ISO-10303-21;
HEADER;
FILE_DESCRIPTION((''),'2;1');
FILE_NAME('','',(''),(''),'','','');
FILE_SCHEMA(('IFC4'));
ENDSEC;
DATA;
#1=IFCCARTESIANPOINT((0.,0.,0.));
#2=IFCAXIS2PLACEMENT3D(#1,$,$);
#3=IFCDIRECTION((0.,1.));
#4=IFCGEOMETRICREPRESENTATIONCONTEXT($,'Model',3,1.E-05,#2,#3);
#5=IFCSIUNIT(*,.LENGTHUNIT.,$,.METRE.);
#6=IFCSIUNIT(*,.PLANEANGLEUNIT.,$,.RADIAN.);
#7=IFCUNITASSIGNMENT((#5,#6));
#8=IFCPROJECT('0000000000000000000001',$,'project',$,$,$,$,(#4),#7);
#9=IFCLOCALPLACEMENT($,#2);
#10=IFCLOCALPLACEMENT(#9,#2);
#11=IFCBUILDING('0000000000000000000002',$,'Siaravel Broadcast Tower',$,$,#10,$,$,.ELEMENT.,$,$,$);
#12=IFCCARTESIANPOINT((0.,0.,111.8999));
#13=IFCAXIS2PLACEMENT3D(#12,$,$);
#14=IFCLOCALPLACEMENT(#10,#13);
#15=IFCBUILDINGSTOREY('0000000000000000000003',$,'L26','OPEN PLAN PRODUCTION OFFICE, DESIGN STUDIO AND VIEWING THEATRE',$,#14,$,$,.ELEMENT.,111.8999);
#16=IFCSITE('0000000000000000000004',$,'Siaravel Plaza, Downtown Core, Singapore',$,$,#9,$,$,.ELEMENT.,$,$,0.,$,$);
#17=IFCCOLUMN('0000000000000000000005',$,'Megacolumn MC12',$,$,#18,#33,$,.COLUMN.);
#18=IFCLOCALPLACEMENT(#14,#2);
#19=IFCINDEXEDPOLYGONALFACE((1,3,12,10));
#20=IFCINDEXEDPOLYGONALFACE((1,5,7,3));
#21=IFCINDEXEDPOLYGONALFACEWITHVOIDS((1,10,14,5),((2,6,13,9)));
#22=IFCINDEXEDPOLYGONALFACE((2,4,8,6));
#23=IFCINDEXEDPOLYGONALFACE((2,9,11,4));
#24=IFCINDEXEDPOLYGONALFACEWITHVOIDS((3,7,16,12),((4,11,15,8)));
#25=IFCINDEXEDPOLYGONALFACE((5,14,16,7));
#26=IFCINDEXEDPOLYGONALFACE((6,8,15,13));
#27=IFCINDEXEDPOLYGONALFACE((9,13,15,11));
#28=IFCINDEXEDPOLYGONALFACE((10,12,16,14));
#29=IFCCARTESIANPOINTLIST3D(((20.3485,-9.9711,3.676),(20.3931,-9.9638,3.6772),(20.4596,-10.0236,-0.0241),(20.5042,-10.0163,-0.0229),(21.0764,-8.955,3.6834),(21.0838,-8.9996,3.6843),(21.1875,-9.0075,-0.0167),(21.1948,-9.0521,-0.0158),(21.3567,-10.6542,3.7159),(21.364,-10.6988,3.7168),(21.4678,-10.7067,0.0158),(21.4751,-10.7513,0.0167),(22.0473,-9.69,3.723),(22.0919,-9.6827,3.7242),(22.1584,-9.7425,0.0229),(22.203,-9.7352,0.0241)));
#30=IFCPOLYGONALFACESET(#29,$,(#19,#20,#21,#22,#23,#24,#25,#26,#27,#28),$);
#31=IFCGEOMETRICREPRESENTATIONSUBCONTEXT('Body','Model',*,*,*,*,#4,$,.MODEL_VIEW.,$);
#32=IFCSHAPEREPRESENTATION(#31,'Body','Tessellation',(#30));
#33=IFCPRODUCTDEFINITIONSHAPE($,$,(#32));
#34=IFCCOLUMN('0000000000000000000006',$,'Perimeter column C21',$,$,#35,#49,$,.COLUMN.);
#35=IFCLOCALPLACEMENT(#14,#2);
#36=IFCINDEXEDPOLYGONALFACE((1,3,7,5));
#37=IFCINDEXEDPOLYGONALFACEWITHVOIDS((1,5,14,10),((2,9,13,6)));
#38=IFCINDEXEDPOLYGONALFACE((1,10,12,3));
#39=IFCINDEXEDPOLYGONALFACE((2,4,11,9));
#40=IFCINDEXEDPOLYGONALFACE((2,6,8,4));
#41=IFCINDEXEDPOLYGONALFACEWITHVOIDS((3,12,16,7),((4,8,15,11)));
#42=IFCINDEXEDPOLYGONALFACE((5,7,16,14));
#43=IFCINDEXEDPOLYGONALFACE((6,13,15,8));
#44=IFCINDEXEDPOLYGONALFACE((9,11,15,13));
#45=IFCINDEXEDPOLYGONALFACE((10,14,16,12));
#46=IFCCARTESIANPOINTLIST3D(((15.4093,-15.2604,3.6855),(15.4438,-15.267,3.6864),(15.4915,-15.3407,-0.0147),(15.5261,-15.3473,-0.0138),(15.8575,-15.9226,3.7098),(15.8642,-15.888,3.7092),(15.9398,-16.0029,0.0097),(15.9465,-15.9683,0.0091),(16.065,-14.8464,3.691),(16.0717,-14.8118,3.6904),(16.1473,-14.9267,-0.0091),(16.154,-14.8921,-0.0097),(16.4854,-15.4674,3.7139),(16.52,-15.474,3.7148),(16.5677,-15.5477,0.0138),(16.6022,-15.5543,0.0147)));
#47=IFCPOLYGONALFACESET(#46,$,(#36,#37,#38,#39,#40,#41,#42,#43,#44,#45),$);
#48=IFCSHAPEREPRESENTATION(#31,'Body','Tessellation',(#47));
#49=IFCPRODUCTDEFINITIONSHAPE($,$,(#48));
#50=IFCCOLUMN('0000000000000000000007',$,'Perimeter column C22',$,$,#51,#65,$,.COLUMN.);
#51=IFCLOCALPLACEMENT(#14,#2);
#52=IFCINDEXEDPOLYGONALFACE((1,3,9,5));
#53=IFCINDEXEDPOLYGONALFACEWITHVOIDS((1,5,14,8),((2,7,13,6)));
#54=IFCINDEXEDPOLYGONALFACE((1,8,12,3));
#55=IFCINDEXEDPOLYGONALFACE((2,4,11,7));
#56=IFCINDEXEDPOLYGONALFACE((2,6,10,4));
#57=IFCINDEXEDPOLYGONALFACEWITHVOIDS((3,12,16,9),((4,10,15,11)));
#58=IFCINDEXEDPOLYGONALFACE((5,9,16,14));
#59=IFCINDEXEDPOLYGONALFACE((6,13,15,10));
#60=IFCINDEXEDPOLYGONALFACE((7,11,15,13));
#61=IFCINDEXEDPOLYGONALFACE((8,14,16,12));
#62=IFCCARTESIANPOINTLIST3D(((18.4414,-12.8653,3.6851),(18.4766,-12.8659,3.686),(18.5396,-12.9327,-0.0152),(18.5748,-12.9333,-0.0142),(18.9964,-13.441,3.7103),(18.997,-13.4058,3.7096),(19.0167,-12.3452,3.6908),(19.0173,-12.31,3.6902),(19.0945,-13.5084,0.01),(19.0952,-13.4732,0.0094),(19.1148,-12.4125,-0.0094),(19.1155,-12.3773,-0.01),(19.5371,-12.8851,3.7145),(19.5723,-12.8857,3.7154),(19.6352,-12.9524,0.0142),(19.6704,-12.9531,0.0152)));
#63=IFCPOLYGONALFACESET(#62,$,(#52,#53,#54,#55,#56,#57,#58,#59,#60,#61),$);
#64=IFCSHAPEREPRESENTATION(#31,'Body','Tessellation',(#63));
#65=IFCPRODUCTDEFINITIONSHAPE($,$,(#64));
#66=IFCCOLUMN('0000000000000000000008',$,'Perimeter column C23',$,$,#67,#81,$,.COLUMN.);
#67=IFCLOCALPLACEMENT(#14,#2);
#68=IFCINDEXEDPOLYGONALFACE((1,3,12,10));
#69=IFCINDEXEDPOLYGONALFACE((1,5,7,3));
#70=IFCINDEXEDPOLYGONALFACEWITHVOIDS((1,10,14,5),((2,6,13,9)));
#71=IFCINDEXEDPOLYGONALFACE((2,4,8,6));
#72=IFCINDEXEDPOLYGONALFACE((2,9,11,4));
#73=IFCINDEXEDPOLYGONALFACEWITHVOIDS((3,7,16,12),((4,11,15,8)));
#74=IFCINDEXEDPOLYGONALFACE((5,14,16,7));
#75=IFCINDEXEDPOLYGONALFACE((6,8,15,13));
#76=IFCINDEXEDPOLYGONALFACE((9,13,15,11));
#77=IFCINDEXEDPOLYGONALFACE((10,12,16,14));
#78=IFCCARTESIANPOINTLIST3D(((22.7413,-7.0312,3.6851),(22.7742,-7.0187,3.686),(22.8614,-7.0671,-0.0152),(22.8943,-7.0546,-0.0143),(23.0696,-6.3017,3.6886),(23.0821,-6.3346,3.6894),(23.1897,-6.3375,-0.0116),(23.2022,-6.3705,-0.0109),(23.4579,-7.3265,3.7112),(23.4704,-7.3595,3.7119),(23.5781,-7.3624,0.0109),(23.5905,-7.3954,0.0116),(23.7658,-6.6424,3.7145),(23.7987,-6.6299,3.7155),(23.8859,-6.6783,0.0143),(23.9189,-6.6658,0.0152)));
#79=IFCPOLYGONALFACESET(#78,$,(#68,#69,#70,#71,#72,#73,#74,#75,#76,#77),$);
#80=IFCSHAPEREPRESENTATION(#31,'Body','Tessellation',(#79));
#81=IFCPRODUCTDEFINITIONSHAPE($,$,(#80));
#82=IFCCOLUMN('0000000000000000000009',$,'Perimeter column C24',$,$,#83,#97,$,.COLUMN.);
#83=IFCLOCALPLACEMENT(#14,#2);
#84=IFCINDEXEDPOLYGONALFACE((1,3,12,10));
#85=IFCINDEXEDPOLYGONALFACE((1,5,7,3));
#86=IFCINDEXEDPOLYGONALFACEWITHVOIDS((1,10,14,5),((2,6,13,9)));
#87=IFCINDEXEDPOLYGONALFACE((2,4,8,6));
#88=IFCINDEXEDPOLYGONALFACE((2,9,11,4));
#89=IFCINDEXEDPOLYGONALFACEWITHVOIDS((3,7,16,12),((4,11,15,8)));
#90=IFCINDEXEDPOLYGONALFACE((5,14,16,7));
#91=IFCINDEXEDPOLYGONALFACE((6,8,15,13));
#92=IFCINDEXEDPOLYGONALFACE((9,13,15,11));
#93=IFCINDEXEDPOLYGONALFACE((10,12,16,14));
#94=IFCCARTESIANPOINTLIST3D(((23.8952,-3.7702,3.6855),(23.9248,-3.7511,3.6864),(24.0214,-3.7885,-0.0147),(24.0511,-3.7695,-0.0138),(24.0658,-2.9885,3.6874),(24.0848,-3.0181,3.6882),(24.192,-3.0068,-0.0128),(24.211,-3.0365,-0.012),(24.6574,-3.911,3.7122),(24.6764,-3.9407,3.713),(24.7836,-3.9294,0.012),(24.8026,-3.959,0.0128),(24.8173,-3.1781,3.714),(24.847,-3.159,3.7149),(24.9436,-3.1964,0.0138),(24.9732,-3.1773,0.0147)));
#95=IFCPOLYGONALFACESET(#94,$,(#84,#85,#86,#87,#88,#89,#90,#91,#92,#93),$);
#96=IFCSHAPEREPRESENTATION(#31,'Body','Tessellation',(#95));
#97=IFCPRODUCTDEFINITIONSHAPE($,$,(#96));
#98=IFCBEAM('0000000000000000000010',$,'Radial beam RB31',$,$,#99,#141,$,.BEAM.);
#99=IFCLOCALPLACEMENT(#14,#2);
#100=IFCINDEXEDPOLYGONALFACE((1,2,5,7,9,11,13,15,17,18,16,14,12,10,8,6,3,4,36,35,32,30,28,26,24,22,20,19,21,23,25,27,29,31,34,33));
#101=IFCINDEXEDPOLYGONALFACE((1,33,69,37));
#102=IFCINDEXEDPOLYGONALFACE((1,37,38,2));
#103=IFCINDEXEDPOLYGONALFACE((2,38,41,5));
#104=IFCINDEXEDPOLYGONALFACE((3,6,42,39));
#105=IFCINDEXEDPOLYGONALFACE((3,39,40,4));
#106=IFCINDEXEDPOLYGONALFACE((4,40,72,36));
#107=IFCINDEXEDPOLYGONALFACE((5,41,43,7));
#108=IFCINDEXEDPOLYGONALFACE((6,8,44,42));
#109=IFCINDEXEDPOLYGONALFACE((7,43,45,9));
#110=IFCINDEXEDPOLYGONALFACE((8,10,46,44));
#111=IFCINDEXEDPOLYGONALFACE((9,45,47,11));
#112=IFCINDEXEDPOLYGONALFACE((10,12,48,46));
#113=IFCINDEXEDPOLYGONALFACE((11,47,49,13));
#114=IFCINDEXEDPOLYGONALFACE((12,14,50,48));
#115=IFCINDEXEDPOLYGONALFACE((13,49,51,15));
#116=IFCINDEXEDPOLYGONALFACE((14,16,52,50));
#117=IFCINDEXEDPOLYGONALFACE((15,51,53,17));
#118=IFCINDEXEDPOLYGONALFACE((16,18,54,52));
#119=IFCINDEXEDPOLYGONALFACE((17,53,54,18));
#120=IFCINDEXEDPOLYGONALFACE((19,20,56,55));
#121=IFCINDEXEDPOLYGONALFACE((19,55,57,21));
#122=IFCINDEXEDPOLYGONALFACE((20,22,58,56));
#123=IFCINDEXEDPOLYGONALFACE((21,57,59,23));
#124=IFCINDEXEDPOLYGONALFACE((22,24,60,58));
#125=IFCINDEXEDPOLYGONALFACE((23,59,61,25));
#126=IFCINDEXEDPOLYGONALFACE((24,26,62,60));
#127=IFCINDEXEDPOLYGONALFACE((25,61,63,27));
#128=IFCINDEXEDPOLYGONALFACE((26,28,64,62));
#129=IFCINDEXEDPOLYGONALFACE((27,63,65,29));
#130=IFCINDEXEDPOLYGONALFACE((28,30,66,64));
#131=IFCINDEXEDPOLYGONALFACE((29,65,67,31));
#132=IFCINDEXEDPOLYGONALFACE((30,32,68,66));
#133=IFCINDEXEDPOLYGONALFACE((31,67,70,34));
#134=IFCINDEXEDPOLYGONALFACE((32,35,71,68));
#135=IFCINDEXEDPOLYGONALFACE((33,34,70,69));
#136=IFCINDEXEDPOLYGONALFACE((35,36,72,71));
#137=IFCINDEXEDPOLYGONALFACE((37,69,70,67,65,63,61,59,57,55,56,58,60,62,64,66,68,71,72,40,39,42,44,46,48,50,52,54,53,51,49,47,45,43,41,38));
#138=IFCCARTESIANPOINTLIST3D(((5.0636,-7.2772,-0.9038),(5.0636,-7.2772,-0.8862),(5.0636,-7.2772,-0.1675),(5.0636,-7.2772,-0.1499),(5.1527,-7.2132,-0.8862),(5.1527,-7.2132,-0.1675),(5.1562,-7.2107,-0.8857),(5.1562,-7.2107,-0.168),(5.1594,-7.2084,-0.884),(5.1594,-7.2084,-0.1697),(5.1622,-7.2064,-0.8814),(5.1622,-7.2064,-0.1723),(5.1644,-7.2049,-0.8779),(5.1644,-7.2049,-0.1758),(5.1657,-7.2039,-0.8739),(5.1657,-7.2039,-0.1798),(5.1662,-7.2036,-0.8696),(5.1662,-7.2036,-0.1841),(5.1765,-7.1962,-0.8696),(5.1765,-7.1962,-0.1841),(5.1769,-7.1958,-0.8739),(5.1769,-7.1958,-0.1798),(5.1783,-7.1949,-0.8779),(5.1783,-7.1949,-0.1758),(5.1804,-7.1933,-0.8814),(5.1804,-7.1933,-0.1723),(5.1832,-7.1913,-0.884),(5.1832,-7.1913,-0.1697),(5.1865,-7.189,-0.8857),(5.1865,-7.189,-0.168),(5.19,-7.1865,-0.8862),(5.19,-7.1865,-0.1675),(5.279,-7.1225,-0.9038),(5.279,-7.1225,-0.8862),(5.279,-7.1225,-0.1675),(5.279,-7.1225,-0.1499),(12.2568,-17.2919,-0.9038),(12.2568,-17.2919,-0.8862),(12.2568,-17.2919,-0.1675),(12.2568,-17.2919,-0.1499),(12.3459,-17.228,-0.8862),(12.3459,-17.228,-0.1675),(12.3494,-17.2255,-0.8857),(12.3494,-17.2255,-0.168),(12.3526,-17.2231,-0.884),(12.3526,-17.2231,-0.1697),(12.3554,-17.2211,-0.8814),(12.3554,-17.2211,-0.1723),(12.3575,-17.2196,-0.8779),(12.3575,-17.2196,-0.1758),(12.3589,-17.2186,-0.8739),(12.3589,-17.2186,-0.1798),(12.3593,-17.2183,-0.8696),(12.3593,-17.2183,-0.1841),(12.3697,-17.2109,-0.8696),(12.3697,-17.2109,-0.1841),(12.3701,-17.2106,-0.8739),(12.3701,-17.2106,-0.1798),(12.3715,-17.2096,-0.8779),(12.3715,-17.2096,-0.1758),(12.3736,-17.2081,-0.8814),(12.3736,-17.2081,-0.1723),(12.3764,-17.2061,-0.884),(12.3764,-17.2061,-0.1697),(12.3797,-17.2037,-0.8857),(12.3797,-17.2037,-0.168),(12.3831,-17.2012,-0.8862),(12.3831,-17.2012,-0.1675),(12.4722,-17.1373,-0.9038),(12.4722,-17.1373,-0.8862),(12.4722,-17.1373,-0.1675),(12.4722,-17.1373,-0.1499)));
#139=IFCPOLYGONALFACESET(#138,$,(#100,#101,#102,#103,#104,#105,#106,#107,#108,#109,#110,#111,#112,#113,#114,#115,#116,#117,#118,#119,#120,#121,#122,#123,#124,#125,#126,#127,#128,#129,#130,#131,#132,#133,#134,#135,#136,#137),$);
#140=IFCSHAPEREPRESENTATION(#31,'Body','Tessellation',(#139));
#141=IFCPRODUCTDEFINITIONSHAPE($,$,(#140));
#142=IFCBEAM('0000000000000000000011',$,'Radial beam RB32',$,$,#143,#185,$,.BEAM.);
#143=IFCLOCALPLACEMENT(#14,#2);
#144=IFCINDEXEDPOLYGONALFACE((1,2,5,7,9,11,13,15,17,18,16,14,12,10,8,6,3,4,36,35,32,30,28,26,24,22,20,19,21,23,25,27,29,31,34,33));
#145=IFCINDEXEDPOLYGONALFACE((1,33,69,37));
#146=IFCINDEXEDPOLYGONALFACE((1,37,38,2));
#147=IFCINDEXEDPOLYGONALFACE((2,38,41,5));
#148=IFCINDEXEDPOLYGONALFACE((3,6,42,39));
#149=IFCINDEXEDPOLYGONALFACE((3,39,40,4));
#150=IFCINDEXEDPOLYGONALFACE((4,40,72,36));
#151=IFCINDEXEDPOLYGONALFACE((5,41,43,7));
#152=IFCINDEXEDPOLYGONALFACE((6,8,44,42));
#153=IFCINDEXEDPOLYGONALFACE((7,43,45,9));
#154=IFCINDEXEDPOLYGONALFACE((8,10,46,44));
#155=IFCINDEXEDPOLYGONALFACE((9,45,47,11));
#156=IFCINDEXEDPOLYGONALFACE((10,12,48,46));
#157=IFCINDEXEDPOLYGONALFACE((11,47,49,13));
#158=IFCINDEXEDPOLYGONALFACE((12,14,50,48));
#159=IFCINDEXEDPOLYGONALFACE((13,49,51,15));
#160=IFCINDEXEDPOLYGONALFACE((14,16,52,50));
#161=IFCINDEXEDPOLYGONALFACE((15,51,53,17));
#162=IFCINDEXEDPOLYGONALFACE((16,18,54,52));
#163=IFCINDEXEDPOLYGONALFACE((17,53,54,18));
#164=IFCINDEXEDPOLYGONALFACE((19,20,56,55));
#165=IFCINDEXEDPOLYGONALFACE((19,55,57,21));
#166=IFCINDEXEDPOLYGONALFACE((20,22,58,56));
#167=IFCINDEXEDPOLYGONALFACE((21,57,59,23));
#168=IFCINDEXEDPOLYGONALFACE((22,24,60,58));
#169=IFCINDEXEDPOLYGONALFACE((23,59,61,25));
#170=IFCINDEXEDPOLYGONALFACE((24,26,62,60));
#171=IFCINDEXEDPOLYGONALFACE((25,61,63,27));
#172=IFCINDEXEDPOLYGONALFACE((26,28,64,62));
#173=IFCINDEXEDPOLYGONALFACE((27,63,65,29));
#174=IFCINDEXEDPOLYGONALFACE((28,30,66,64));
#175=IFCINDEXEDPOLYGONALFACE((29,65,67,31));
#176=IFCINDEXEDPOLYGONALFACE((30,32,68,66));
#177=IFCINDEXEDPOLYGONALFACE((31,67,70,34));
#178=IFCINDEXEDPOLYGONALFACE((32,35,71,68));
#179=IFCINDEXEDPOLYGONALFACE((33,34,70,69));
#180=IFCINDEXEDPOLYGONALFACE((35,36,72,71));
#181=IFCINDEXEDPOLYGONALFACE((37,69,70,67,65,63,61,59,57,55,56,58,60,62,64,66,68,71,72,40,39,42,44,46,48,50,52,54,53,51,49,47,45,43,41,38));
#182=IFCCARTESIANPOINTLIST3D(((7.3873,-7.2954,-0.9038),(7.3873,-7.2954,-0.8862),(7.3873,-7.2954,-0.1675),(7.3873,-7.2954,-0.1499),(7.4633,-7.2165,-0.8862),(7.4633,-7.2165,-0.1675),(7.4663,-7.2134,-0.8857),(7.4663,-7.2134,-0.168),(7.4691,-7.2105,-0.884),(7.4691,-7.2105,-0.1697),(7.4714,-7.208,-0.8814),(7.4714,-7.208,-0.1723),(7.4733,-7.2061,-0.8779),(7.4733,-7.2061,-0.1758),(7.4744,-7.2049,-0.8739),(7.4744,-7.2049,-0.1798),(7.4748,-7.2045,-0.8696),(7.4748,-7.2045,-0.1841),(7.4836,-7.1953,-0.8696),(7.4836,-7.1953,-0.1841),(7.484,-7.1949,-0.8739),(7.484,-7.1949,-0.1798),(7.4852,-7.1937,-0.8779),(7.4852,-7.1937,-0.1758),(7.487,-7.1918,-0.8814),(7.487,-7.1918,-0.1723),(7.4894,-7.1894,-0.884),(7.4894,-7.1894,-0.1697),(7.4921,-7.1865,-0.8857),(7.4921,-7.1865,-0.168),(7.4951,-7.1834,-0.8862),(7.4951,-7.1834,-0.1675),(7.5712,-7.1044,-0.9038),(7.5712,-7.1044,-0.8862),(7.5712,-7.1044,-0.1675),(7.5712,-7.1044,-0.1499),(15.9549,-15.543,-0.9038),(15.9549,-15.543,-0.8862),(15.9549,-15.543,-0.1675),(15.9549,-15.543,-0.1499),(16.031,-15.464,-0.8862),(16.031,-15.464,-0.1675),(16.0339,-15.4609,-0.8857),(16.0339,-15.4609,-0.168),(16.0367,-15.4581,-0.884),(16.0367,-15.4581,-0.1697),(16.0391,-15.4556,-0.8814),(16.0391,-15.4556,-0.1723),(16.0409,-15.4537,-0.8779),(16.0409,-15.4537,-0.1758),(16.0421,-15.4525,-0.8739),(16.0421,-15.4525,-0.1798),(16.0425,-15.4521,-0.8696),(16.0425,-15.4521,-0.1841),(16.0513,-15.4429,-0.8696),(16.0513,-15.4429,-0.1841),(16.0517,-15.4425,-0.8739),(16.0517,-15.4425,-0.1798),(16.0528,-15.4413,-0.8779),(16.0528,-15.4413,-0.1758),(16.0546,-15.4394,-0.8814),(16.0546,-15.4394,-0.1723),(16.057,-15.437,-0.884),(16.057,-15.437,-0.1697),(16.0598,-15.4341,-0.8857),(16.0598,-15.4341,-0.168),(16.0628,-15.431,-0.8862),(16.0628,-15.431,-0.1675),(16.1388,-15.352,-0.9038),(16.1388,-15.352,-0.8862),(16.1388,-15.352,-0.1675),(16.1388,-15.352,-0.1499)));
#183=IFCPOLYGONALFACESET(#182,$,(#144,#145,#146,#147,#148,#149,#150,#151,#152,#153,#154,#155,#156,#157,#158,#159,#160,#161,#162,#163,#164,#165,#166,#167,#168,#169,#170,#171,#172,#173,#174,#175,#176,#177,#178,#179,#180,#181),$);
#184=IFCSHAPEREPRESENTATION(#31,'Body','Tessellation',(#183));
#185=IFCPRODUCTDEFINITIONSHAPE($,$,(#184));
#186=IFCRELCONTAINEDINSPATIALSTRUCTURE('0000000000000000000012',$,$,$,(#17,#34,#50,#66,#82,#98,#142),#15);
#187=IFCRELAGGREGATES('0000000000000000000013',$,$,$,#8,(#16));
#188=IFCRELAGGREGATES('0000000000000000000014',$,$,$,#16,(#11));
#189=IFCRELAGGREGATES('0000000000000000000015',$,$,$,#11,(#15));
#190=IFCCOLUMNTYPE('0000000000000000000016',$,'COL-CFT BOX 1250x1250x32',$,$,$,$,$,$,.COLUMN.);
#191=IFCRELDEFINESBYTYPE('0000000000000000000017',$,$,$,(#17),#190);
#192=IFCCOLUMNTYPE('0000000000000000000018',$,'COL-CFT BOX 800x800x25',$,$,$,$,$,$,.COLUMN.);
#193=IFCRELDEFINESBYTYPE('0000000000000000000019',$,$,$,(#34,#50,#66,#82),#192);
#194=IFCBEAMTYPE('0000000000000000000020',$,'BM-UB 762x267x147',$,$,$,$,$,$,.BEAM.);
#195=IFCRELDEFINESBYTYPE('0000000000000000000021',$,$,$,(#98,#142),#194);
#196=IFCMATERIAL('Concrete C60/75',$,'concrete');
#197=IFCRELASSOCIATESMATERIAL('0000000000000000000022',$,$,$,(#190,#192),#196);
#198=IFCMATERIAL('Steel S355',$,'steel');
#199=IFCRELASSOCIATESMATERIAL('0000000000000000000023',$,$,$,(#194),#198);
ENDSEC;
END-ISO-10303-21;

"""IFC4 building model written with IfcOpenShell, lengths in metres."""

from ifc_helpers import new_model, si_unit, direction, frame, origin, origin_2d, place, context, subcontext, project, spatial, hollow_rectangle, i_section, extrude, material, material_profile, profile_set, type_object, element, save


model = new_model("IFC4")

# Units and contexts
model_context = context("Model", 3, precision=1e-05, world=origin(), true_north=direction((0.0, 1.0)))
body_context = subcontext(model_context, "Body", "Model", "MODEL_VIEW")
ifc_project = project(units=[si_unit("LENGTHUNIT", "METRE"), si_unit("PLANEANGLEUNIT", "RADIAN")], contexts=[model_context])

# Site, building, storey
site_placement = place(None, origin())
site = spatial("IfcSite", under=ifc_project, at=site_placement, Name="Siaravel Plaza, Downtown Core, Singapore", CompositionType="ELEMENT", RefElevation=0.0)
building_placement = place(site_placement, origin())
building = spatial("IfcBuilding", under=site, at=building_placement, Name="Siaravel Broadcast Tower", CompositionType="ELEMENT")
storey_placement = place(building_placement, frame((0.0, 0.0, 111.8999)))
storey = spatial("IfcBuildingStorey", under=building, at=storey_placement, Name="L26", Description="OPEN PLAN PRODUCTION OFFICE, DESIGN STUDIO AND VIEWING THEATRE", CompositionType="ELEMENT", Elevation=111.8999)

# Columns
ifc_material_1 = material(Name="Concrete C60/75", Category="concrete")
ifc_material_profile_1 = material_profile(ifc_material_1, hollow_rectangle(XDim=1.25, YDim=1.25, WallThickness=0.032, at=origin_2d()))
ifc_profile_set_1 = profile_set([ifc_material_profile_1], Name="Concrete C60/75")
column_type_1 = type_object("IfcColumnType", Name="COL-CFT BOX 1250x1250x32", PredefinedType="COLUMN", material=ifc_profile_set_1)
column_1_placement = place(storey_placement, frame((21.3313, -9.8794, 0.0), z_axis=(-0.030005, 0.014178, 0.999449), x_axis=(-0.582304, -0.81295, -0.005949)))
element("IfcColumn", 1, at=column_1_placement, inside=storey, type_object=column_type_1, Name="Megacolumn MC12", PredefinedType="COLUMN", context=body_context, shape_type="SweptSolid", body=[
    extrude(hollow_rectangle(XDim=1.25, YDim=1.25, WallThickness=0.032, at=origin_2d()), origin(), (0.0, 0.0, 1.0), 3.7021),
])
ifc_material_profile_2 = material_profile(ifc_material_1, hollow_rectangle(XDim=0.8, YDim=0.8, WallThickness=0.0249, at=origin_2d()))
ifc_profile_set_2 = profile_set([ifc_material_profile_2], Name="Concrete C60/75")
column_type_2 = type_object("IfcColumnType", Name="COL-CFT BOX 800x800x25", PredefinedType="COLUMN", material=ifc_profile_set_2)
column_2_placement = place(storey_placement, frame((16.0469, -15.4475, 0.0), z_axis=(-0.022225, 0.021697, 0.999518), x_axis=(-0.827999, -0.560695, -0.00624)))
element("IfcColumn", 2, at=column_2_placement, inside=storey, type_object=column_type_2, Name="Perimeter column C21", PredefinedType="COLUMN", context=body_context, shape_type="SweptSolid", body=[
    extrude(hollow_rectangle(XDim=0.8, YDim=0.8, WallThickness=0.0249, at=origin_2d()), origin(), (0.0, 0.0, 1.0), 3.7019),
])
column_3_placement = place(storey_placement, frame((19.105, -12.9429, 0.0), z_axis=(-0.02651, 0.018201, 0.999483), x_axis=(-0.719826, -0.694124, -0.006452)))
element("IfcColumn", 3, at=column_3_placement, inside=storey, type_object=column_type_2, Name="Perimeter column C22", PredefinedType="COLUMN", context=body_context, shape_type="SweptSolid", body=[
    extrude(hollow_rectangle(XDim=0.8, YDim=0.8, WallThickness=0.0249, at=origin_2d()), origin(), (0.0, 0.0, 1.0), 3.7021),
])
for number, where, z_axis, x_axis, name in (
    (4, (23.3901, -6.8665, 0.0), (-0.032444, 0.009694, 0.999427), (-0.410378, -0.911905, -0.004477), "Perimeter column C23"),
    (5, (24.4973, -3.4829, 0.0), (-0.034092, 0.004946, 0.999406), (-0.21318, -0.97701, -0.002437), "Perimeter column C24"),
):
    element("IfcColumn", number, at=place(storey_placement, frame(where, z_axis=z_axis, x_axis=x_axis)), inside=storey, type_object=column_type_2, Name=name, PredefinedType="COLUMN", context=body_context, shape_type="SweptSolid", body=[
        extrude(hollow_rectangle(XDim=0.8, YDim=0.8, WallThickness=0.0249, at=origin_2d()), origin(), (0.0, 0.0, 1.0), 3.7024),
    ])

# Beams
ifc_material_2 = material(Name="Steel S355", Category="steel")
ifc_material_profile_3 = material_profile(ifc_material_2, i_section(OverallWidth=0.2651, OverallDepth=0.7539, WebThickness=0.0127, FlangeThickness=0.0176, FilletRadius=0.0166, at=origin_2d()))
ifc_profile_set_3 = profile_set([ifc_material_profile_3], Name="Steel S355")
beam_type = type_object("IfcBeamType", Name="BM-UB 762x267x147", PredefinedType="BEAM", material=ifc_profile_set_3)
beam_1_placement = place(storey_placement, frame((12.3645, -17.2146, -0.5269), z_axis=(-0.583373, 0.812204, 0.0), x_axis=(-0.812204, -0.583373, 0.0)))
element("IfcBeam", 6, at=beam_1_placement, inside=storey, type_object=beam_type, Name="Radial beam RB31", PredefinedType="BEAM", context=body_context, shape_type="SweptSolid", body=[
    extrude(i_section(OverallWidth=0.2651, OverallDepth=0.7539, WebThickness=0.0127, FlangeThickness=0.0176, FilletRadius=0.0166, at=origin_2d()), origin(), (0.0, 0.0, 1.0), 12.3303),
])
beam_2_placement = place(storey_placement, frame((16.0469, -15.4475, -0.5269), z_axis=(-0.720436, 0.693522, 0.0), x_axis=(-0.693522, -0.720436, 0.0)))
element("IfcBeam", 7, at=beam_2_placement, inside=storey, type_object=beam_type, Name="Radial beam RB32", PredefinedType="BEAM", context=body_context, shape_type="SweptSolid", body=[
    extrude(i_section(OverallWidth=0.2651, OverallDepth=0.7539, WebThickness=0.0127, FlangeThickness=0.0176, FilletRadius=0.0166, at=origin_2d()), origin(), (0.0, 0.0, 1.0), 11.8923),
])

save(model, "model.ifc")
